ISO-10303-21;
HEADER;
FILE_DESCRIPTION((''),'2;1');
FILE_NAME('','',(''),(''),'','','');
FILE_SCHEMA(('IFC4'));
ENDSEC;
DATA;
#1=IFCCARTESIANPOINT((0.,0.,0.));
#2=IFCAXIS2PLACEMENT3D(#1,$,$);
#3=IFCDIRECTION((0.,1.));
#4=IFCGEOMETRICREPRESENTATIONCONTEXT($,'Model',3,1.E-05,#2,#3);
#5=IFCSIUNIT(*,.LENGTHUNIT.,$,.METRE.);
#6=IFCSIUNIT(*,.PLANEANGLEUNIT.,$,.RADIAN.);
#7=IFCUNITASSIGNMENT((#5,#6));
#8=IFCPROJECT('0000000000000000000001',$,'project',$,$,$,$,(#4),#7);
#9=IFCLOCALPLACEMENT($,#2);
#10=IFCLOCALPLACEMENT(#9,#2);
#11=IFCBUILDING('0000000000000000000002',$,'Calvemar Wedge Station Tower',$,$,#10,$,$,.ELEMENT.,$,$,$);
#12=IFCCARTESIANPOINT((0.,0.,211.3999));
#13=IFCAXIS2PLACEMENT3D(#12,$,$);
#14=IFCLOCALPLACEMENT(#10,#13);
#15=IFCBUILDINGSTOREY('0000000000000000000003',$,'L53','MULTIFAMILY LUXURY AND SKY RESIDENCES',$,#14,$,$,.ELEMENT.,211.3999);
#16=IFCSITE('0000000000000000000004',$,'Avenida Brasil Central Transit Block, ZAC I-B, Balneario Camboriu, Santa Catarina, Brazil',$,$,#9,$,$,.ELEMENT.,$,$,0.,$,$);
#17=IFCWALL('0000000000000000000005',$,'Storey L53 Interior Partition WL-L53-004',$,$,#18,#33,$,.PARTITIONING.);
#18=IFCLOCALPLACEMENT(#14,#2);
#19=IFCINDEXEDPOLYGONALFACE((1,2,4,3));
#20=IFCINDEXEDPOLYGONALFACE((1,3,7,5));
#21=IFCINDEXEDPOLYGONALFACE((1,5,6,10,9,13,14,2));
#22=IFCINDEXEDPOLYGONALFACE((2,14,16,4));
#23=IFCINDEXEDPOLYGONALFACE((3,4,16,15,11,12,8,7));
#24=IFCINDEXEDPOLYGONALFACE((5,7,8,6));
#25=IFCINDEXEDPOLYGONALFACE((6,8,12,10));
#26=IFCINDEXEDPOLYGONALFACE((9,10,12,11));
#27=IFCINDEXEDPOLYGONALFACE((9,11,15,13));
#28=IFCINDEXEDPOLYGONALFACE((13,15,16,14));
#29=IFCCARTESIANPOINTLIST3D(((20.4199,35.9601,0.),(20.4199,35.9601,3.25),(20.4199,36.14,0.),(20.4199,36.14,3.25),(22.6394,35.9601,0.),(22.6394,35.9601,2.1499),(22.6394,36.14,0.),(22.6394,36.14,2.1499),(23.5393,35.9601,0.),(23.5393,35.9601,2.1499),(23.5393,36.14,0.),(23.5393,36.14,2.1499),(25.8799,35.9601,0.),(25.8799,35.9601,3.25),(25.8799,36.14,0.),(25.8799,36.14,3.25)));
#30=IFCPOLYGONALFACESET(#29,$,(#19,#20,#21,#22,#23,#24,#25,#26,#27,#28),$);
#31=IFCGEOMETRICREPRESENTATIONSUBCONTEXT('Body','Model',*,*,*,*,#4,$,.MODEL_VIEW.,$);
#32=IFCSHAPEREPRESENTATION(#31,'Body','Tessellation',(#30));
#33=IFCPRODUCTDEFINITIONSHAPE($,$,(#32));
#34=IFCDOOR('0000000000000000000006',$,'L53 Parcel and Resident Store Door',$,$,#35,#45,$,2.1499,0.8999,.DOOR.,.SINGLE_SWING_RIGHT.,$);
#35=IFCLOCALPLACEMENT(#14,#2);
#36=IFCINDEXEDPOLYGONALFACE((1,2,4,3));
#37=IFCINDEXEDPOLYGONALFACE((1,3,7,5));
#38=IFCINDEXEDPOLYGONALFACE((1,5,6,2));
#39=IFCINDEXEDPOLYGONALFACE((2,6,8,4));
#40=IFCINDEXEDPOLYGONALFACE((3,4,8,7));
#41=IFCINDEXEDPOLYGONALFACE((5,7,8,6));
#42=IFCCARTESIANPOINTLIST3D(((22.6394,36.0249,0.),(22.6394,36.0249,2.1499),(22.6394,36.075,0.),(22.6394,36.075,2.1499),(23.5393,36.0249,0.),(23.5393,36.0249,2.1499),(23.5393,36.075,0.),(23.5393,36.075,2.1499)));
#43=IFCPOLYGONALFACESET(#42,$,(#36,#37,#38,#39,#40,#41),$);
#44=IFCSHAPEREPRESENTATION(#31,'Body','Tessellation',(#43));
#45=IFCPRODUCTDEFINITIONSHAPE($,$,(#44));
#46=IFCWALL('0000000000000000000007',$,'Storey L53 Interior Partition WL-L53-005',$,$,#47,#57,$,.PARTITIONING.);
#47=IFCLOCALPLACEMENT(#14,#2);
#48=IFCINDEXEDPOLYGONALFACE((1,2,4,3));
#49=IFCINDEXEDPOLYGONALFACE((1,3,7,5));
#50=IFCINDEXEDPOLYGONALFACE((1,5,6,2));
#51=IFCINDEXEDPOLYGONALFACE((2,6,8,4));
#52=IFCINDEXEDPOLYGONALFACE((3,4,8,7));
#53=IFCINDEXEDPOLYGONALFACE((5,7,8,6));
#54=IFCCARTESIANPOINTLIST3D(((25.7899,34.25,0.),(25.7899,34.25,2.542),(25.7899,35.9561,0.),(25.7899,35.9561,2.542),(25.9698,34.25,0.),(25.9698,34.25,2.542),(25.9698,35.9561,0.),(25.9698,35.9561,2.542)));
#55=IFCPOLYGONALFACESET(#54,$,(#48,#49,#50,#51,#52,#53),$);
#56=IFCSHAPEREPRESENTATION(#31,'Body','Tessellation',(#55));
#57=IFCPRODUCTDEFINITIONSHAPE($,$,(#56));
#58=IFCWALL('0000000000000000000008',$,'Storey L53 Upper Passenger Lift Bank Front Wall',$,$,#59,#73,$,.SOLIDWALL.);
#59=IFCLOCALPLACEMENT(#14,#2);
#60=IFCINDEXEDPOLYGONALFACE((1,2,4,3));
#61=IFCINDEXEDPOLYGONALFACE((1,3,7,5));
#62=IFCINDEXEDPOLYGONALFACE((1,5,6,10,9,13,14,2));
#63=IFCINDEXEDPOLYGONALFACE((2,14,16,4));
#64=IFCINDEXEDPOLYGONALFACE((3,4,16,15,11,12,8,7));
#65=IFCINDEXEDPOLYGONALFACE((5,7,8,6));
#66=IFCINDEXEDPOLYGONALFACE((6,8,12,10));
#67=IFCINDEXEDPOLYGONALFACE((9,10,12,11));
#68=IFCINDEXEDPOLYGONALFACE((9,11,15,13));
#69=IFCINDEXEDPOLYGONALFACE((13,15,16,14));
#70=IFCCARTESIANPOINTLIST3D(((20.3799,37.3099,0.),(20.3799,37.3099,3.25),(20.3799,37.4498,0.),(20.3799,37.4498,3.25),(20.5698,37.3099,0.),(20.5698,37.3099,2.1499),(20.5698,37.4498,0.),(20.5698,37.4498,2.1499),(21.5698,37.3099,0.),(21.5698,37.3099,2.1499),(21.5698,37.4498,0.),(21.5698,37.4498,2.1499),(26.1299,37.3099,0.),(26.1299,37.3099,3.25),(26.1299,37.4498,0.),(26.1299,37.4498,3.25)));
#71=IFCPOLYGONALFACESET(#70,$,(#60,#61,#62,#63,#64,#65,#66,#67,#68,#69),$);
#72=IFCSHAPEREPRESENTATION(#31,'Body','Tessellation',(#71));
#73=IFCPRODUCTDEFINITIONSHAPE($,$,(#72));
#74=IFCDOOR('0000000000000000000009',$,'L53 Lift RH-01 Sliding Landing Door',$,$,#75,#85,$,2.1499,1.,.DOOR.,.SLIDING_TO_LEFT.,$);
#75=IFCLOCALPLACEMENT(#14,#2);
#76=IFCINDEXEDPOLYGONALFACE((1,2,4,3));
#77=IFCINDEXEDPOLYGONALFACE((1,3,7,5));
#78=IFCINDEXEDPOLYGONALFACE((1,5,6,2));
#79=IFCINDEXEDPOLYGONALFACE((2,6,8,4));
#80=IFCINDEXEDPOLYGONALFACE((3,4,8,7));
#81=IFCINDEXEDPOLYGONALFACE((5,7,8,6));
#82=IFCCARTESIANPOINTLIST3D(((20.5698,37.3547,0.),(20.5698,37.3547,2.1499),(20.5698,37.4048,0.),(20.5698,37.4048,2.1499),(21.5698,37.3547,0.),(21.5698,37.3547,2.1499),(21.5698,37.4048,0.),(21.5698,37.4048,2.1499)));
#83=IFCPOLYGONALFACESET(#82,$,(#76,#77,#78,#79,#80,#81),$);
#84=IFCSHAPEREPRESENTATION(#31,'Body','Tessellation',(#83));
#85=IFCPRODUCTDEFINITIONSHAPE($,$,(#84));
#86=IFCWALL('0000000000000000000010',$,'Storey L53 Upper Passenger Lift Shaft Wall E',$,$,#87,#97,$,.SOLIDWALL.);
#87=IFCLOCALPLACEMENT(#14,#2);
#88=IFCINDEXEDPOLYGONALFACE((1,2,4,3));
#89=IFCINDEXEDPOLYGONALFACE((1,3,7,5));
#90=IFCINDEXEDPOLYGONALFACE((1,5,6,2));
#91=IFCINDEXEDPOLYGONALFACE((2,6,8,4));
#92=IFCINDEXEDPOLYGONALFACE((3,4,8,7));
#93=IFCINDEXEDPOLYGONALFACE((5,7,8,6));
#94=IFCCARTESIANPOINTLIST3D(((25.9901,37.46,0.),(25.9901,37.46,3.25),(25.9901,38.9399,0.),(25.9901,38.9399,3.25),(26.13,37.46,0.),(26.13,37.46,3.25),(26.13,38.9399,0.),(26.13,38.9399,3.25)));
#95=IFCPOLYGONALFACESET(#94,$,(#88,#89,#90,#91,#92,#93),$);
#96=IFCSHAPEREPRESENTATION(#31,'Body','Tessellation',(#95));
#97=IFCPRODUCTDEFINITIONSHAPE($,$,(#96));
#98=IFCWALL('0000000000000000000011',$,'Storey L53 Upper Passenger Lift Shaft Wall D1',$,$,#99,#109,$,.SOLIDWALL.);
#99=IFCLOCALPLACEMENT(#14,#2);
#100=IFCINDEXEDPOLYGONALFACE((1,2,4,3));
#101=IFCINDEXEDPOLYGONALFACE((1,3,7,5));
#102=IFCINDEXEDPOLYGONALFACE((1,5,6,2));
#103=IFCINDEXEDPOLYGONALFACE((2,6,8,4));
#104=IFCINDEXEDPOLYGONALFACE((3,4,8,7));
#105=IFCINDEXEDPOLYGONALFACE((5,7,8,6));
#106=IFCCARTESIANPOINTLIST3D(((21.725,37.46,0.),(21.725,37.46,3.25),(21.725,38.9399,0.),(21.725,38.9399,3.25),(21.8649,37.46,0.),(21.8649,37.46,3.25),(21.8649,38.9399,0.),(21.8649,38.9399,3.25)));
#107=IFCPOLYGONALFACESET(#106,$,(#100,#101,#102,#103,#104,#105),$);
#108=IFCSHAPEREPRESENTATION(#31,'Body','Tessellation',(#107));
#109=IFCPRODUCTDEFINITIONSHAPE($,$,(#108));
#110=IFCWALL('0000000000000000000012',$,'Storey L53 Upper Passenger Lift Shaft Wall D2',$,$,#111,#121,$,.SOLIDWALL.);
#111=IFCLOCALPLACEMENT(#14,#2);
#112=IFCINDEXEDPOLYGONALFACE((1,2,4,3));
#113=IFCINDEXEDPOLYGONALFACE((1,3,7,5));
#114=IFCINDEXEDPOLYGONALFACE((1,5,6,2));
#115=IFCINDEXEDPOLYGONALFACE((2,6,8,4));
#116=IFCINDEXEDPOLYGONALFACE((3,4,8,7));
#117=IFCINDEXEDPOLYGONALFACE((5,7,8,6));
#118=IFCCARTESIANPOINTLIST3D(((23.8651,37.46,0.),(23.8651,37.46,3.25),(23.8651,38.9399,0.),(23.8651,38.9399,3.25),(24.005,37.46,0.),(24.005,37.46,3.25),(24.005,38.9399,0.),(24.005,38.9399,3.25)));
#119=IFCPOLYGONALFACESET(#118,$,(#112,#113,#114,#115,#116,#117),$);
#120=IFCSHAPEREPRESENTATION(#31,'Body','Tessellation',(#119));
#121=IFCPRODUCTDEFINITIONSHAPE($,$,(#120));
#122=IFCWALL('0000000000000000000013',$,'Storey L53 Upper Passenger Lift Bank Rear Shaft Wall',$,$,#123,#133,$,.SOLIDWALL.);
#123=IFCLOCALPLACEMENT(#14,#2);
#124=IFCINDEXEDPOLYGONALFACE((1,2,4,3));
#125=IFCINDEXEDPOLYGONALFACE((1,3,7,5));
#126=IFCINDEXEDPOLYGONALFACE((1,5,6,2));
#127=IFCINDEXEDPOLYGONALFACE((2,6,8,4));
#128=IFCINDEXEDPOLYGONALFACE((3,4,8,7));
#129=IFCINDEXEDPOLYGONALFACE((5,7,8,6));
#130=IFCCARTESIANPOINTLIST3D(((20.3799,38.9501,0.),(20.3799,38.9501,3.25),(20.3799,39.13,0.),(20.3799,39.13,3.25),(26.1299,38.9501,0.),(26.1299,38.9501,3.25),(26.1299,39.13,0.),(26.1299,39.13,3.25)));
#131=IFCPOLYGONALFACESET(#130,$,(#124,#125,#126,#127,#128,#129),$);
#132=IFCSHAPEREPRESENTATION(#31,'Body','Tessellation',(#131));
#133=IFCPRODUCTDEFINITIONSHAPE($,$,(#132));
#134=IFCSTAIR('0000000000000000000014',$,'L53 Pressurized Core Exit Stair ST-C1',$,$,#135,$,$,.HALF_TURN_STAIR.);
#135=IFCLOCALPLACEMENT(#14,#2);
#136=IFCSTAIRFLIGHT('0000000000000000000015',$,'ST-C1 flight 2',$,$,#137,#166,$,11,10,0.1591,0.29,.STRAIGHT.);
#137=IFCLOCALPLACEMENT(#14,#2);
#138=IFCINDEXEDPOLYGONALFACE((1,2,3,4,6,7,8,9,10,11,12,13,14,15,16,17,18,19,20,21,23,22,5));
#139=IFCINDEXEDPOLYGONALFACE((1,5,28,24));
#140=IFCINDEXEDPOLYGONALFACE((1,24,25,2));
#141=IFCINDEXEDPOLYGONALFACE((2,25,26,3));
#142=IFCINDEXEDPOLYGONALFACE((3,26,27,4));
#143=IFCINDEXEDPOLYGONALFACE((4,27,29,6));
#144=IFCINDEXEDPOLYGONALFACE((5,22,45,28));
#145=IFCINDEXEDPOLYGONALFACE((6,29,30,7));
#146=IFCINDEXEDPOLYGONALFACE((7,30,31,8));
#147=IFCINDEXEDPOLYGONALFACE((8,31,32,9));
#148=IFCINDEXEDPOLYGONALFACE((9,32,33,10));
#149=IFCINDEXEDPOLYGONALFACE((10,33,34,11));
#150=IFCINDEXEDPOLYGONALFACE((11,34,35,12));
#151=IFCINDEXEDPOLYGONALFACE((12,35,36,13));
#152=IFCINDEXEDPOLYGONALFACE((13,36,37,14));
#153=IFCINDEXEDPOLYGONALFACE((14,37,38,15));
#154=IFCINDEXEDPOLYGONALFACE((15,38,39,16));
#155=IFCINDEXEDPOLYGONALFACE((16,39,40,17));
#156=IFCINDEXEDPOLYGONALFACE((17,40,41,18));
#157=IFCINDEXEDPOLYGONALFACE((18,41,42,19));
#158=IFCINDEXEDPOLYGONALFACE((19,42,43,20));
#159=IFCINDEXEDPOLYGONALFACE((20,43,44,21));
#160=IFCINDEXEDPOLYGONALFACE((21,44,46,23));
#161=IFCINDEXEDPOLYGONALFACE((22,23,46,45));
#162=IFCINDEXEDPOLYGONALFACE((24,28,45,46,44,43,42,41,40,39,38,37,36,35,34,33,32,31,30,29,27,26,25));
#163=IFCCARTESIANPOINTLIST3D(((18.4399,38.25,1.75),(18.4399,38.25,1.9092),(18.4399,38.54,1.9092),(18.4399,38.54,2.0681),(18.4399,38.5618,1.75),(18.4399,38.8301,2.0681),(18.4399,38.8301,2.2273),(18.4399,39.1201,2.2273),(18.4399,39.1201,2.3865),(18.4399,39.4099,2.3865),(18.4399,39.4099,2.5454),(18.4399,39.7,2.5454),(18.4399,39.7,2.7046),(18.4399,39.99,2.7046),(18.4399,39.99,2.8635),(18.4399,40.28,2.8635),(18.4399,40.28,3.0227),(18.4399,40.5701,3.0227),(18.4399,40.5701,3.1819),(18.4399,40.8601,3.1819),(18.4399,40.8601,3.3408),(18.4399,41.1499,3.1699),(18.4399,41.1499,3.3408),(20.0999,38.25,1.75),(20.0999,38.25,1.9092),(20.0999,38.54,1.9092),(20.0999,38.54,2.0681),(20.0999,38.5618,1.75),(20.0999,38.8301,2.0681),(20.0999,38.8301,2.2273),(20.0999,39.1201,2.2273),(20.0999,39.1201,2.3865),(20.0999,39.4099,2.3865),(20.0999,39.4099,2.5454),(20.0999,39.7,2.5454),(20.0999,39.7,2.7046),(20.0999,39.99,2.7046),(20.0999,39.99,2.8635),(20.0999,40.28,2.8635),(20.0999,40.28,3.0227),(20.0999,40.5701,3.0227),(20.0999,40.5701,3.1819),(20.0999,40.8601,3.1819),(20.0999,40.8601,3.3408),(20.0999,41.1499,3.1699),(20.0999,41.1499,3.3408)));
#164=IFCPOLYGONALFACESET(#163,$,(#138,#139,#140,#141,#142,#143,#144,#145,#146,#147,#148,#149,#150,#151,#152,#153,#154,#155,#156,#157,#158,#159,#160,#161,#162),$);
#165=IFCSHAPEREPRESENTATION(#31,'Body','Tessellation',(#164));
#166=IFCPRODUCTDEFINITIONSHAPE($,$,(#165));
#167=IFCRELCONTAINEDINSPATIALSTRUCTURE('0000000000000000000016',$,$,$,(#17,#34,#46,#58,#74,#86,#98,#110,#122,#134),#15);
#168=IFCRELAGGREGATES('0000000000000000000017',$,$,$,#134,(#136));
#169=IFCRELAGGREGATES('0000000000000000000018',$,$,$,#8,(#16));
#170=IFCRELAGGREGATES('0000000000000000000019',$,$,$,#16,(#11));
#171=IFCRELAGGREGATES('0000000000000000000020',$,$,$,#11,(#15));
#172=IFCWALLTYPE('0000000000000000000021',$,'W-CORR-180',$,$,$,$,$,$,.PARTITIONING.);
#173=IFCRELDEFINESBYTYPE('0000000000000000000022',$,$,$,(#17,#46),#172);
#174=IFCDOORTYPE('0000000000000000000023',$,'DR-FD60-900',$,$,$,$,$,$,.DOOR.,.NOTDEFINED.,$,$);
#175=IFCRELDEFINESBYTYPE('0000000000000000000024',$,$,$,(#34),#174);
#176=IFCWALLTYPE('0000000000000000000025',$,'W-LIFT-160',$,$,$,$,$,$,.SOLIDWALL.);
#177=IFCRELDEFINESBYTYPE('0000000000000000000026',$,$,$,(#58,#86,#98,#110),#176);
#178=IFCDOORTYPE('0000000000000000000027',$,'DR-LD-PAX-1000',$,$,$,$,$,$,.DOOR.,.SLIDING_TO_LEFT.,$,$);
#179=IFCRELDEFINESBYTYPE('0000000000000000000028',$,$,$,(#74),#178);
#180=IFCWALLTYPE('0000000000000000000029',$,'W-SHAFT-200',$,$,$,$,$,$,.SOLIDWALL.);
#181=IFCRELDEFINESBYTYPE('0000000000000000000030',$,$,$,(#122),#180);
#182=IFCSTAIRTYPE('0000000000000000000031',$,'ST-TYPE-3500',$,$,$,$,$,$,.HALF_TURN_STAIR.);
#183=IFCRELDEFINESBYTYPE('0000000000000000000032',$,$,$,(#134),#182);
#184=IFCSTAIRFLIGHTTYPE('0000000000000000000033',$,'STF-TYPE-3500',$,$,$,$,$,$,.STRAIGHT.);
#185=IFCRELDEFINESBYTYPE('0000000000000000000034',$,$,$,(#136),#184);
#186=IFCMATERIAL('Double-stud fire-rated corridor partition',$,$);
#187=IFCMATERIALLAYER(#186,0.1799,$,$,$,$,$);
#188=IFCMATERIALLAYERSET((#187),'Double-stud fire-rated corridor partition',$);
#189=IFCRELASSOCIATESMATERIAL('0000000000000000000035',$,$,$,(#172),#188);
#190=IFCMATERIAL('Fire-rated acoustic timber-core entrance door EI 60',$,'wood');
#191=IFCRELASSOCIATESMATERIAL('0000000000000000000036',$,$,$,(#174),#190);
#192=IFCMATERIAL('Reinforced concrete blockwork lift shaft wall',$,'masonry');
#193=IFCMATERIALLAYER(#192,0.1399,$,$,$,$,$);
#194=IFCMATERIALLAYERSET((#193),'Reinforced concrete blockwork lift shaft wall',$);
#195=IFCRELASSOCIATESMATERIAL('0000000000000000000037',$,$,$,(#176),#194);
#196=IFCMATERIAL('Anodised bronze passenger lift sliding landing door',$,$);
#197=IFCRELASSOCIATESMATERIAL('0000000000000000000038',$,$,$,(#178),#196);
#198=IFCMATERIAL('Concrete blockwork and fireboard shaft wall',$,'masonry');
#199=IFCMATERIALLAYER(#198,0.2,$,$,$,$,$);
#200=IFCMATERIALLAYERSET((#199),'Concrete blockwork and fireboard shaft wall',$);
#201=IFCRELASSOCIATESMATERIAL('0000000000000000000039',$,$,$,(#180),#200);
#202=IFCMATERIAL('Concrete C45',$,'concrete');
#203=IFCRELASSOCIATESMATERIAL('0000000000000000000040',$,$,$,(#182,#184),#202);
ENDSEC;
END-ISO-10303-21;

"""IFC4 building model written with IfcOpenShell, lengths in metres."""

from ifc_helpers import new_model, si_unit, direction, frame, frame_2d, origin, place, context, subcontext, project, spatial, polyline, rectangle, outline, extrude, source, transform, mapped, material, layer, layer_set, type_object, element, fill, aggregate, save


model = new_model("IFC4")

# Units and contexts
model_context = context("Model", 3, precision=1e-05, world=origin(), true_north=direction((0.0, 1.0)))
body_context = subcontext(model_context, "Body", "Model", "MODEL_VIEW")
ifc_project = project(units=[si_unit("LENGTHUNIT", "METRE"), si_unit("PLANEANGLEUNIT", "RADIAN")], contexts=[model_context])

# Site, building, storey
site_placement = place(None, origin())
site = spatial("IfcSite", under=ifc_project, at=site_placement, Name="Avenida Brasil Central Transit Block, ZAC I-B, Balneario Camboriu, Santa Catarina, Brazil", CompositionType="ELEMENT", RefElevation=0.0)
building_placement = place(site_placement, origin())
building = spatial("IfcBuilding", under=site, at=building_placement, Name="Calvemar Wedge Station Tower", CompositionType="ELEMENT")
storey_placement = place(building_placement, frame((0.0, 0.0, 211.3999)))
storey = spatial("IfcBuildingStorey", under=building, at=storey_placement, Name="L53", Description="MULTIFAMILY LUXURY AND SKY RESIDENCES", CompositionType="ELEMENT", Elevation=211.3999)

# Wall, opening, door
ifc_material_1 = material(Name="Double-stud fire-rated corridor partition")
ifc_layer_1 = layer(ifc_material_1, 0.1799)
ifc_layer_set_1 = layer_set([ifc_layer_1], Name="Double-stud fire-rated corridor partition")
wall_type_1 = type_object("IfcWallType", Name="W-CORR-180", PredefinedType="PARTITIONING", material=ifc_layer_set_1)
shared_shape_1 = source(origin(), body_context, "Body", "SweptSolid", [
    extrude(rectangle(XDim=0.8999, YDim=2.1499, at=frame_2d((0.45, 1.075))), frame((0.0, 0.1001, 0.0), z_axis=(0.0, -1.0, 0.0), x_axis=(1.0, 0.0, 0.0)), (0.0, 0.0, 1.0), 0.2),
])
ifc_material_2 = material(Name="Fire-rated acoustic timber-core entrance door EI 60", Category="wood")
door_type_1 = type_object("IfcDoorType", Name="DR-FD60-900", OperationType="NOTDEFINED", PredefinedType="DOOR", material=ifc_material_2)
shared_shape_2 = source(origin(), body_context, "Body", "SweptSolid", [
    extrude(rectangle(XDim=0.8999, YDim=2.1499, at=frame_2d((0.45, 1.075))), frame((0.0, 0.0249, 0.0), z_axis=(0.0, -1.0, 0.0), x_axis=(1.0, 0.0, 0.0)), (0.0, 0.0, 1.0), 0.05),
])
wall_1_placement = place(storey_placement, frame((20.4199, 36.05, 0.0), z_axis=(0.0, 0.0, 1.0), x_axis=(1.0, 0.0, 0.0)))
wall_1 = element("IfcWall", 1, at=wall_1_placement, inside=storey, type_object=wall_type_1, Name="Storey L53 Interior Partition WL-L53-004", PredefinedType="PARTITIONING", context=body_context, shape_type="SweptSolid", body=[
    extrude(rectangle(XDim=5.46, YDim=0.1799, at=frame_2d((2.73, 0.0))), origin(), (0.0, 0.0, 1.0), 3.25),
])
opening_1_placement = place(wall_1_placement, frame((2.2195, 0.0, 0.0)))
opening_1 = element("IfcOpeningElement", 2, at=opening_1_placement, cuts=wall_1, PredefinedType="OPENING", context=body_context, shape_type="MappedRepresentation", body=[
    mapped(shared_shape_1, transform((0.0, 0.0, 0.0), scale=1.0)),
])
door_1_placement = place(opening_1_placement, origin())
door_1 = element("IfcDoor", 3, at=door_1_placement, inside=storey, type_object=door_type_1, Name="L53 Parcel and Resident Store Door", OperationType="SINGLE_SWING_RIGHT", OverallHeight=2.1499, OverallWidth=0.8999, PredefinedType="DOOR", context=body_context, shape_type="MappedRepresentation", body=[
    mapped(shared_shape_2, transform((0.0, 0.0, 0.0), scale=1.0)),
])
fill(opening_1, door_1)

# Wall
wall_2_placement = place(storey_placement, frame((25.8799, 35.9561, 0.0), z_axis=(0.0, 0.0, 1.0), x_axis=(0.0, -1.0, 0.0)))
element("IfcWall", 4, at=wall_2_placement, inside=storey, type_object=wall_type_1, Name="Storey L53 Interior Partition WL-L53-005", PredefinedType="PARTITIONING", context=body_context, shape_type="SweptSolid", body=[
    extrude(rectangle(XDim=1.7061, YDim=0.1799, at=frame_2d((0.853, 0.0))), origin(), (0.0, 0.0, 1.0), 2.542),
])

# Wall, opening, door
ifc_material_3 = material(Name="Reinforced concrete blockwork lift shaft wall", Category="masonry")
ifc_layer_2 = layer(ifc_material_3, 0.1399)
ifc_layer_set_2 = layer_set([ifc_layer_2], Name="Reinforced concrete blockwork lift shaft wall")
wall_type_2 = type_object("IfcWallType", Name="W-LIFT-160", PredefinedType="SOLIDWALL", material=ifc_layer_set_2)
wall_3_placement = place(storey_placement, frame((20.3799, 37.3799, 0.0), z_axis=(0.0, 0.0, 1.0), x_axis=(1.0, 0.0, 0.0)))
wall_3 = element("IfcWall", 5, at=wall_3_placement, inside=storey, type_object=wall_type_2, Name="Storey L53 Upper Passenger Lift Bank Front Wall", PredefinedType="SOLIDWALL", context=body_context, shape_type="SweptSolid", body=[
    extrude(rectangle(XDim=5.75, YDim=0.1399, at=frame_2d((2.875, 0.0))), origin(), (0.0, 0.0, 1.0), 3.25),
])
shared_shape_3 = source(origin(), body_context, "Body", "SweptSolid", [
    extrude(rectangle(XDim=1.0, YDim=2.1499, at=frame_2d((0.5, 1.075))), frame((0.0, 0.0801, 0.0), z_axis=(0.0, -1.0, 0.0), x_axis=(1.0, 0.0, 0.0)), (0.0, 0.0, 1.0), 0.1599),
])
opening_2_placement = place(wall_3_placement, frame((0.1899, 0.0, 0.0)))
opening_2 = element("IfcOpeningElement", 6, at=opening_2_placement, cuts=wall_3, PredefinedType="OPENING", context=body_context, shape_type="MappedRepresentation", body=[
    mapped(shared_shape_3, transform((0.0, 0.0, 0.0), scale=1.0)),
])
ifc_material_4 = material(Name="Anodised bronze passenger lift sliding landing door")
door_type_2 = type_object("IfcDoorType", Name="DR-LD-PAX-1000", OperationType="SLIDING_TO_LEFT", PredefinedType="DOOR", material=ifc_material_4)
shared_shape_4 = source(origin(), body_context, "Body", "SweptSolid", [
    extrude(rectangle(XDim=1.0, YDim=2.1499, at=frame_2d((0.5, 1.075))), frame((0.0, 0.0249, 0.0), z_axis=(0.0, -1.0, 0.0), x_axis=(1.0, 0.0, 0.0)), (0.0, 0.0, 1.0), 0.05),
])
door_2_placement = place(opening_2_placement, origin())
door_2 = element("IfcDoor", 7, at=door_2_placement, inside=storey, type_object=door_type_2, Name="L53 Lift RH-01 Sliding Landing Door", OperationType="SLIDING_TO_LEFT", OverallHeight=2.1499, OverallWidth=1.0, PredefinedType="DOOR", context=body_context, shape_type="MappedRepresentation", body=[
    mapped(shared_shape_4, transform((0.0, 0.0, 0.0), scale=1.0)),
])
fill(opening_2, door_2)

# Walls
for number, where, z_axis, x_axis, name in (
    (8, (26.0601, 37.46, 0.0), (0.0, 0.0, 1.0), (0.0, 1.0, 0.0), "Storey L53 Upper Passenger Lift Shaft Wall E"),
    (9, (21.7949, 37.46, 0.0), (0.0, 0.0, 1.0), (0.0, 1.0, 0.0), "Storey L53 Upper Passenger Lift Shaft Wall D1"),
    (10, (23.9351, 37.46, 0.0), (0.0, 0.0, 1.0), (0.0, 1.0, 0.0), "Storey L53 Upper Passenger Lift Shaft Wall D2"),
):
    element("IfcWall", number, at=place(storey_placement, frame(where, z_axis=z_axis, x_axis=x_axis)), inside=storey, type_object=wall_type_2, Name=name, PredefinedType="SOLIDWALL", context=body_context, shape_type="SweptSolid", body=[
        extrude(rectangle(XDim=1.48, YDim=0.1399, at=frame_2d((0.74, 0.0))), origin(), (0.0, 0.0, 1.0), 3.25),
    ])
ifc_material_5 = material(Name="Concrete blockwork and fireboard shaft wall", Category="masonry")
ifc_layer_3 = layer(ifc_material_5, 0.2)
ifc_layer_set_3 = layer_set([ifc_layer_3], Name="Concrete blockwork and fireboard shaft wall")
wall_type_3 = type_object("IfcWallType", Name="W-SHAFT-200", PredefinedType="SOLIDWALL", material=ifc_layer_set_3)
wall_4_placement = place(storey_placement, frame((20.3799, 39.04, 0.0), z_axis=(0.0, 0.0, 1.0), x_axis=(1.0, 0.0, 0.0)))
element("IfcWall", 11, at=wall_4_placement, inside=storey, type_object=wall_type_3, Name="Storey L53 Upper Passenger Lift Bank Rear Shaft Wall", PredefinedType="SOLIDWALL", context=body_context, shape_type="SweptSolid", body=[
    extrude(rectangle(XDim=5.75, YDim=0.1799, at=frame_2d((2.875, 0.0))), origin(), (0.0, 0.0, 1.0), 3.25),
])

# Stair, stair flight
ifc_material_6 = material(Name="Concrete C45", Category="concrete")
stair_type = type_object("IfcStairType", Name="ST-TYPE-3500", PredefinedType="HALF_TURN_STAIR", material=ifc_material_6)
stair_placement = place(storey_placement, origin())
stair = element("IfcStair", 12, at=stair_placement, inside=storey, type_object=stair_type, Name="L53 Pressurized Core Exit Stair ST-C1", PredefinedType="HALF_TURN_STAIR")
stair_flight_type = type_object("IfcStairFlightType", Name="STF-TYPE-3500", PredefinedType="STRAIGHT", material=ifc_material_6)
stair_flight_placement = place(storey_placement, frame((19.27, 38.25, 1.75), z_axis=(0.0, 0.0, 1.0), x_axis=(0.0, 1.0, 0.0)))
stair_flight = element("IfcStairFlight", 13, at=stair_flight_placement, type_object=stair_flight_type, Name="ST-C1 flight 2", NumberOfRisers=11, NumberOfTreads=10, PredefinedType="STRAIGHT", RiserHeight=0.1591, TreadLength=0.29, context=body_context, shape_type="SweptSolid", body=[
    extrude(outline(polyline([(0.0, 0.0), (0.0, 0.1592), (0.29, 0.1592), (0.29, 0.3181), (0.5801, 0.3181), (0.5801, 0.4773), (0.8701, 0.4773), (0.8701, 0.6365), (1.1599, 0.6365), (1.1599, 0.7954), (1.45, 0.7954), (1.45, 0.9546), (1.74, 0.9546), (1.74, 1.1135), (2.03, 1.1135), (2.03, 1.2727), (2.3201, 1.2727), (2.3201, 1.4319), (2.6101, 1.4319), (2.6101, 1.5908), (2.8999, 1.5908), (2.8999, 1.75), (2.8999, 1.4199), (0.3118, 0.0), (0.0, 0.0)])), frame((0.0, 0.8301, 0.0), z_axis=(0.0, -1.0, 0.0), x_axis=(1.0, 0.0, 0.0)), (0.0, 0.0, 1.0), 1.6599),
])
aggregate(stair, [stair_flight])

save(model, "model.ifc")
